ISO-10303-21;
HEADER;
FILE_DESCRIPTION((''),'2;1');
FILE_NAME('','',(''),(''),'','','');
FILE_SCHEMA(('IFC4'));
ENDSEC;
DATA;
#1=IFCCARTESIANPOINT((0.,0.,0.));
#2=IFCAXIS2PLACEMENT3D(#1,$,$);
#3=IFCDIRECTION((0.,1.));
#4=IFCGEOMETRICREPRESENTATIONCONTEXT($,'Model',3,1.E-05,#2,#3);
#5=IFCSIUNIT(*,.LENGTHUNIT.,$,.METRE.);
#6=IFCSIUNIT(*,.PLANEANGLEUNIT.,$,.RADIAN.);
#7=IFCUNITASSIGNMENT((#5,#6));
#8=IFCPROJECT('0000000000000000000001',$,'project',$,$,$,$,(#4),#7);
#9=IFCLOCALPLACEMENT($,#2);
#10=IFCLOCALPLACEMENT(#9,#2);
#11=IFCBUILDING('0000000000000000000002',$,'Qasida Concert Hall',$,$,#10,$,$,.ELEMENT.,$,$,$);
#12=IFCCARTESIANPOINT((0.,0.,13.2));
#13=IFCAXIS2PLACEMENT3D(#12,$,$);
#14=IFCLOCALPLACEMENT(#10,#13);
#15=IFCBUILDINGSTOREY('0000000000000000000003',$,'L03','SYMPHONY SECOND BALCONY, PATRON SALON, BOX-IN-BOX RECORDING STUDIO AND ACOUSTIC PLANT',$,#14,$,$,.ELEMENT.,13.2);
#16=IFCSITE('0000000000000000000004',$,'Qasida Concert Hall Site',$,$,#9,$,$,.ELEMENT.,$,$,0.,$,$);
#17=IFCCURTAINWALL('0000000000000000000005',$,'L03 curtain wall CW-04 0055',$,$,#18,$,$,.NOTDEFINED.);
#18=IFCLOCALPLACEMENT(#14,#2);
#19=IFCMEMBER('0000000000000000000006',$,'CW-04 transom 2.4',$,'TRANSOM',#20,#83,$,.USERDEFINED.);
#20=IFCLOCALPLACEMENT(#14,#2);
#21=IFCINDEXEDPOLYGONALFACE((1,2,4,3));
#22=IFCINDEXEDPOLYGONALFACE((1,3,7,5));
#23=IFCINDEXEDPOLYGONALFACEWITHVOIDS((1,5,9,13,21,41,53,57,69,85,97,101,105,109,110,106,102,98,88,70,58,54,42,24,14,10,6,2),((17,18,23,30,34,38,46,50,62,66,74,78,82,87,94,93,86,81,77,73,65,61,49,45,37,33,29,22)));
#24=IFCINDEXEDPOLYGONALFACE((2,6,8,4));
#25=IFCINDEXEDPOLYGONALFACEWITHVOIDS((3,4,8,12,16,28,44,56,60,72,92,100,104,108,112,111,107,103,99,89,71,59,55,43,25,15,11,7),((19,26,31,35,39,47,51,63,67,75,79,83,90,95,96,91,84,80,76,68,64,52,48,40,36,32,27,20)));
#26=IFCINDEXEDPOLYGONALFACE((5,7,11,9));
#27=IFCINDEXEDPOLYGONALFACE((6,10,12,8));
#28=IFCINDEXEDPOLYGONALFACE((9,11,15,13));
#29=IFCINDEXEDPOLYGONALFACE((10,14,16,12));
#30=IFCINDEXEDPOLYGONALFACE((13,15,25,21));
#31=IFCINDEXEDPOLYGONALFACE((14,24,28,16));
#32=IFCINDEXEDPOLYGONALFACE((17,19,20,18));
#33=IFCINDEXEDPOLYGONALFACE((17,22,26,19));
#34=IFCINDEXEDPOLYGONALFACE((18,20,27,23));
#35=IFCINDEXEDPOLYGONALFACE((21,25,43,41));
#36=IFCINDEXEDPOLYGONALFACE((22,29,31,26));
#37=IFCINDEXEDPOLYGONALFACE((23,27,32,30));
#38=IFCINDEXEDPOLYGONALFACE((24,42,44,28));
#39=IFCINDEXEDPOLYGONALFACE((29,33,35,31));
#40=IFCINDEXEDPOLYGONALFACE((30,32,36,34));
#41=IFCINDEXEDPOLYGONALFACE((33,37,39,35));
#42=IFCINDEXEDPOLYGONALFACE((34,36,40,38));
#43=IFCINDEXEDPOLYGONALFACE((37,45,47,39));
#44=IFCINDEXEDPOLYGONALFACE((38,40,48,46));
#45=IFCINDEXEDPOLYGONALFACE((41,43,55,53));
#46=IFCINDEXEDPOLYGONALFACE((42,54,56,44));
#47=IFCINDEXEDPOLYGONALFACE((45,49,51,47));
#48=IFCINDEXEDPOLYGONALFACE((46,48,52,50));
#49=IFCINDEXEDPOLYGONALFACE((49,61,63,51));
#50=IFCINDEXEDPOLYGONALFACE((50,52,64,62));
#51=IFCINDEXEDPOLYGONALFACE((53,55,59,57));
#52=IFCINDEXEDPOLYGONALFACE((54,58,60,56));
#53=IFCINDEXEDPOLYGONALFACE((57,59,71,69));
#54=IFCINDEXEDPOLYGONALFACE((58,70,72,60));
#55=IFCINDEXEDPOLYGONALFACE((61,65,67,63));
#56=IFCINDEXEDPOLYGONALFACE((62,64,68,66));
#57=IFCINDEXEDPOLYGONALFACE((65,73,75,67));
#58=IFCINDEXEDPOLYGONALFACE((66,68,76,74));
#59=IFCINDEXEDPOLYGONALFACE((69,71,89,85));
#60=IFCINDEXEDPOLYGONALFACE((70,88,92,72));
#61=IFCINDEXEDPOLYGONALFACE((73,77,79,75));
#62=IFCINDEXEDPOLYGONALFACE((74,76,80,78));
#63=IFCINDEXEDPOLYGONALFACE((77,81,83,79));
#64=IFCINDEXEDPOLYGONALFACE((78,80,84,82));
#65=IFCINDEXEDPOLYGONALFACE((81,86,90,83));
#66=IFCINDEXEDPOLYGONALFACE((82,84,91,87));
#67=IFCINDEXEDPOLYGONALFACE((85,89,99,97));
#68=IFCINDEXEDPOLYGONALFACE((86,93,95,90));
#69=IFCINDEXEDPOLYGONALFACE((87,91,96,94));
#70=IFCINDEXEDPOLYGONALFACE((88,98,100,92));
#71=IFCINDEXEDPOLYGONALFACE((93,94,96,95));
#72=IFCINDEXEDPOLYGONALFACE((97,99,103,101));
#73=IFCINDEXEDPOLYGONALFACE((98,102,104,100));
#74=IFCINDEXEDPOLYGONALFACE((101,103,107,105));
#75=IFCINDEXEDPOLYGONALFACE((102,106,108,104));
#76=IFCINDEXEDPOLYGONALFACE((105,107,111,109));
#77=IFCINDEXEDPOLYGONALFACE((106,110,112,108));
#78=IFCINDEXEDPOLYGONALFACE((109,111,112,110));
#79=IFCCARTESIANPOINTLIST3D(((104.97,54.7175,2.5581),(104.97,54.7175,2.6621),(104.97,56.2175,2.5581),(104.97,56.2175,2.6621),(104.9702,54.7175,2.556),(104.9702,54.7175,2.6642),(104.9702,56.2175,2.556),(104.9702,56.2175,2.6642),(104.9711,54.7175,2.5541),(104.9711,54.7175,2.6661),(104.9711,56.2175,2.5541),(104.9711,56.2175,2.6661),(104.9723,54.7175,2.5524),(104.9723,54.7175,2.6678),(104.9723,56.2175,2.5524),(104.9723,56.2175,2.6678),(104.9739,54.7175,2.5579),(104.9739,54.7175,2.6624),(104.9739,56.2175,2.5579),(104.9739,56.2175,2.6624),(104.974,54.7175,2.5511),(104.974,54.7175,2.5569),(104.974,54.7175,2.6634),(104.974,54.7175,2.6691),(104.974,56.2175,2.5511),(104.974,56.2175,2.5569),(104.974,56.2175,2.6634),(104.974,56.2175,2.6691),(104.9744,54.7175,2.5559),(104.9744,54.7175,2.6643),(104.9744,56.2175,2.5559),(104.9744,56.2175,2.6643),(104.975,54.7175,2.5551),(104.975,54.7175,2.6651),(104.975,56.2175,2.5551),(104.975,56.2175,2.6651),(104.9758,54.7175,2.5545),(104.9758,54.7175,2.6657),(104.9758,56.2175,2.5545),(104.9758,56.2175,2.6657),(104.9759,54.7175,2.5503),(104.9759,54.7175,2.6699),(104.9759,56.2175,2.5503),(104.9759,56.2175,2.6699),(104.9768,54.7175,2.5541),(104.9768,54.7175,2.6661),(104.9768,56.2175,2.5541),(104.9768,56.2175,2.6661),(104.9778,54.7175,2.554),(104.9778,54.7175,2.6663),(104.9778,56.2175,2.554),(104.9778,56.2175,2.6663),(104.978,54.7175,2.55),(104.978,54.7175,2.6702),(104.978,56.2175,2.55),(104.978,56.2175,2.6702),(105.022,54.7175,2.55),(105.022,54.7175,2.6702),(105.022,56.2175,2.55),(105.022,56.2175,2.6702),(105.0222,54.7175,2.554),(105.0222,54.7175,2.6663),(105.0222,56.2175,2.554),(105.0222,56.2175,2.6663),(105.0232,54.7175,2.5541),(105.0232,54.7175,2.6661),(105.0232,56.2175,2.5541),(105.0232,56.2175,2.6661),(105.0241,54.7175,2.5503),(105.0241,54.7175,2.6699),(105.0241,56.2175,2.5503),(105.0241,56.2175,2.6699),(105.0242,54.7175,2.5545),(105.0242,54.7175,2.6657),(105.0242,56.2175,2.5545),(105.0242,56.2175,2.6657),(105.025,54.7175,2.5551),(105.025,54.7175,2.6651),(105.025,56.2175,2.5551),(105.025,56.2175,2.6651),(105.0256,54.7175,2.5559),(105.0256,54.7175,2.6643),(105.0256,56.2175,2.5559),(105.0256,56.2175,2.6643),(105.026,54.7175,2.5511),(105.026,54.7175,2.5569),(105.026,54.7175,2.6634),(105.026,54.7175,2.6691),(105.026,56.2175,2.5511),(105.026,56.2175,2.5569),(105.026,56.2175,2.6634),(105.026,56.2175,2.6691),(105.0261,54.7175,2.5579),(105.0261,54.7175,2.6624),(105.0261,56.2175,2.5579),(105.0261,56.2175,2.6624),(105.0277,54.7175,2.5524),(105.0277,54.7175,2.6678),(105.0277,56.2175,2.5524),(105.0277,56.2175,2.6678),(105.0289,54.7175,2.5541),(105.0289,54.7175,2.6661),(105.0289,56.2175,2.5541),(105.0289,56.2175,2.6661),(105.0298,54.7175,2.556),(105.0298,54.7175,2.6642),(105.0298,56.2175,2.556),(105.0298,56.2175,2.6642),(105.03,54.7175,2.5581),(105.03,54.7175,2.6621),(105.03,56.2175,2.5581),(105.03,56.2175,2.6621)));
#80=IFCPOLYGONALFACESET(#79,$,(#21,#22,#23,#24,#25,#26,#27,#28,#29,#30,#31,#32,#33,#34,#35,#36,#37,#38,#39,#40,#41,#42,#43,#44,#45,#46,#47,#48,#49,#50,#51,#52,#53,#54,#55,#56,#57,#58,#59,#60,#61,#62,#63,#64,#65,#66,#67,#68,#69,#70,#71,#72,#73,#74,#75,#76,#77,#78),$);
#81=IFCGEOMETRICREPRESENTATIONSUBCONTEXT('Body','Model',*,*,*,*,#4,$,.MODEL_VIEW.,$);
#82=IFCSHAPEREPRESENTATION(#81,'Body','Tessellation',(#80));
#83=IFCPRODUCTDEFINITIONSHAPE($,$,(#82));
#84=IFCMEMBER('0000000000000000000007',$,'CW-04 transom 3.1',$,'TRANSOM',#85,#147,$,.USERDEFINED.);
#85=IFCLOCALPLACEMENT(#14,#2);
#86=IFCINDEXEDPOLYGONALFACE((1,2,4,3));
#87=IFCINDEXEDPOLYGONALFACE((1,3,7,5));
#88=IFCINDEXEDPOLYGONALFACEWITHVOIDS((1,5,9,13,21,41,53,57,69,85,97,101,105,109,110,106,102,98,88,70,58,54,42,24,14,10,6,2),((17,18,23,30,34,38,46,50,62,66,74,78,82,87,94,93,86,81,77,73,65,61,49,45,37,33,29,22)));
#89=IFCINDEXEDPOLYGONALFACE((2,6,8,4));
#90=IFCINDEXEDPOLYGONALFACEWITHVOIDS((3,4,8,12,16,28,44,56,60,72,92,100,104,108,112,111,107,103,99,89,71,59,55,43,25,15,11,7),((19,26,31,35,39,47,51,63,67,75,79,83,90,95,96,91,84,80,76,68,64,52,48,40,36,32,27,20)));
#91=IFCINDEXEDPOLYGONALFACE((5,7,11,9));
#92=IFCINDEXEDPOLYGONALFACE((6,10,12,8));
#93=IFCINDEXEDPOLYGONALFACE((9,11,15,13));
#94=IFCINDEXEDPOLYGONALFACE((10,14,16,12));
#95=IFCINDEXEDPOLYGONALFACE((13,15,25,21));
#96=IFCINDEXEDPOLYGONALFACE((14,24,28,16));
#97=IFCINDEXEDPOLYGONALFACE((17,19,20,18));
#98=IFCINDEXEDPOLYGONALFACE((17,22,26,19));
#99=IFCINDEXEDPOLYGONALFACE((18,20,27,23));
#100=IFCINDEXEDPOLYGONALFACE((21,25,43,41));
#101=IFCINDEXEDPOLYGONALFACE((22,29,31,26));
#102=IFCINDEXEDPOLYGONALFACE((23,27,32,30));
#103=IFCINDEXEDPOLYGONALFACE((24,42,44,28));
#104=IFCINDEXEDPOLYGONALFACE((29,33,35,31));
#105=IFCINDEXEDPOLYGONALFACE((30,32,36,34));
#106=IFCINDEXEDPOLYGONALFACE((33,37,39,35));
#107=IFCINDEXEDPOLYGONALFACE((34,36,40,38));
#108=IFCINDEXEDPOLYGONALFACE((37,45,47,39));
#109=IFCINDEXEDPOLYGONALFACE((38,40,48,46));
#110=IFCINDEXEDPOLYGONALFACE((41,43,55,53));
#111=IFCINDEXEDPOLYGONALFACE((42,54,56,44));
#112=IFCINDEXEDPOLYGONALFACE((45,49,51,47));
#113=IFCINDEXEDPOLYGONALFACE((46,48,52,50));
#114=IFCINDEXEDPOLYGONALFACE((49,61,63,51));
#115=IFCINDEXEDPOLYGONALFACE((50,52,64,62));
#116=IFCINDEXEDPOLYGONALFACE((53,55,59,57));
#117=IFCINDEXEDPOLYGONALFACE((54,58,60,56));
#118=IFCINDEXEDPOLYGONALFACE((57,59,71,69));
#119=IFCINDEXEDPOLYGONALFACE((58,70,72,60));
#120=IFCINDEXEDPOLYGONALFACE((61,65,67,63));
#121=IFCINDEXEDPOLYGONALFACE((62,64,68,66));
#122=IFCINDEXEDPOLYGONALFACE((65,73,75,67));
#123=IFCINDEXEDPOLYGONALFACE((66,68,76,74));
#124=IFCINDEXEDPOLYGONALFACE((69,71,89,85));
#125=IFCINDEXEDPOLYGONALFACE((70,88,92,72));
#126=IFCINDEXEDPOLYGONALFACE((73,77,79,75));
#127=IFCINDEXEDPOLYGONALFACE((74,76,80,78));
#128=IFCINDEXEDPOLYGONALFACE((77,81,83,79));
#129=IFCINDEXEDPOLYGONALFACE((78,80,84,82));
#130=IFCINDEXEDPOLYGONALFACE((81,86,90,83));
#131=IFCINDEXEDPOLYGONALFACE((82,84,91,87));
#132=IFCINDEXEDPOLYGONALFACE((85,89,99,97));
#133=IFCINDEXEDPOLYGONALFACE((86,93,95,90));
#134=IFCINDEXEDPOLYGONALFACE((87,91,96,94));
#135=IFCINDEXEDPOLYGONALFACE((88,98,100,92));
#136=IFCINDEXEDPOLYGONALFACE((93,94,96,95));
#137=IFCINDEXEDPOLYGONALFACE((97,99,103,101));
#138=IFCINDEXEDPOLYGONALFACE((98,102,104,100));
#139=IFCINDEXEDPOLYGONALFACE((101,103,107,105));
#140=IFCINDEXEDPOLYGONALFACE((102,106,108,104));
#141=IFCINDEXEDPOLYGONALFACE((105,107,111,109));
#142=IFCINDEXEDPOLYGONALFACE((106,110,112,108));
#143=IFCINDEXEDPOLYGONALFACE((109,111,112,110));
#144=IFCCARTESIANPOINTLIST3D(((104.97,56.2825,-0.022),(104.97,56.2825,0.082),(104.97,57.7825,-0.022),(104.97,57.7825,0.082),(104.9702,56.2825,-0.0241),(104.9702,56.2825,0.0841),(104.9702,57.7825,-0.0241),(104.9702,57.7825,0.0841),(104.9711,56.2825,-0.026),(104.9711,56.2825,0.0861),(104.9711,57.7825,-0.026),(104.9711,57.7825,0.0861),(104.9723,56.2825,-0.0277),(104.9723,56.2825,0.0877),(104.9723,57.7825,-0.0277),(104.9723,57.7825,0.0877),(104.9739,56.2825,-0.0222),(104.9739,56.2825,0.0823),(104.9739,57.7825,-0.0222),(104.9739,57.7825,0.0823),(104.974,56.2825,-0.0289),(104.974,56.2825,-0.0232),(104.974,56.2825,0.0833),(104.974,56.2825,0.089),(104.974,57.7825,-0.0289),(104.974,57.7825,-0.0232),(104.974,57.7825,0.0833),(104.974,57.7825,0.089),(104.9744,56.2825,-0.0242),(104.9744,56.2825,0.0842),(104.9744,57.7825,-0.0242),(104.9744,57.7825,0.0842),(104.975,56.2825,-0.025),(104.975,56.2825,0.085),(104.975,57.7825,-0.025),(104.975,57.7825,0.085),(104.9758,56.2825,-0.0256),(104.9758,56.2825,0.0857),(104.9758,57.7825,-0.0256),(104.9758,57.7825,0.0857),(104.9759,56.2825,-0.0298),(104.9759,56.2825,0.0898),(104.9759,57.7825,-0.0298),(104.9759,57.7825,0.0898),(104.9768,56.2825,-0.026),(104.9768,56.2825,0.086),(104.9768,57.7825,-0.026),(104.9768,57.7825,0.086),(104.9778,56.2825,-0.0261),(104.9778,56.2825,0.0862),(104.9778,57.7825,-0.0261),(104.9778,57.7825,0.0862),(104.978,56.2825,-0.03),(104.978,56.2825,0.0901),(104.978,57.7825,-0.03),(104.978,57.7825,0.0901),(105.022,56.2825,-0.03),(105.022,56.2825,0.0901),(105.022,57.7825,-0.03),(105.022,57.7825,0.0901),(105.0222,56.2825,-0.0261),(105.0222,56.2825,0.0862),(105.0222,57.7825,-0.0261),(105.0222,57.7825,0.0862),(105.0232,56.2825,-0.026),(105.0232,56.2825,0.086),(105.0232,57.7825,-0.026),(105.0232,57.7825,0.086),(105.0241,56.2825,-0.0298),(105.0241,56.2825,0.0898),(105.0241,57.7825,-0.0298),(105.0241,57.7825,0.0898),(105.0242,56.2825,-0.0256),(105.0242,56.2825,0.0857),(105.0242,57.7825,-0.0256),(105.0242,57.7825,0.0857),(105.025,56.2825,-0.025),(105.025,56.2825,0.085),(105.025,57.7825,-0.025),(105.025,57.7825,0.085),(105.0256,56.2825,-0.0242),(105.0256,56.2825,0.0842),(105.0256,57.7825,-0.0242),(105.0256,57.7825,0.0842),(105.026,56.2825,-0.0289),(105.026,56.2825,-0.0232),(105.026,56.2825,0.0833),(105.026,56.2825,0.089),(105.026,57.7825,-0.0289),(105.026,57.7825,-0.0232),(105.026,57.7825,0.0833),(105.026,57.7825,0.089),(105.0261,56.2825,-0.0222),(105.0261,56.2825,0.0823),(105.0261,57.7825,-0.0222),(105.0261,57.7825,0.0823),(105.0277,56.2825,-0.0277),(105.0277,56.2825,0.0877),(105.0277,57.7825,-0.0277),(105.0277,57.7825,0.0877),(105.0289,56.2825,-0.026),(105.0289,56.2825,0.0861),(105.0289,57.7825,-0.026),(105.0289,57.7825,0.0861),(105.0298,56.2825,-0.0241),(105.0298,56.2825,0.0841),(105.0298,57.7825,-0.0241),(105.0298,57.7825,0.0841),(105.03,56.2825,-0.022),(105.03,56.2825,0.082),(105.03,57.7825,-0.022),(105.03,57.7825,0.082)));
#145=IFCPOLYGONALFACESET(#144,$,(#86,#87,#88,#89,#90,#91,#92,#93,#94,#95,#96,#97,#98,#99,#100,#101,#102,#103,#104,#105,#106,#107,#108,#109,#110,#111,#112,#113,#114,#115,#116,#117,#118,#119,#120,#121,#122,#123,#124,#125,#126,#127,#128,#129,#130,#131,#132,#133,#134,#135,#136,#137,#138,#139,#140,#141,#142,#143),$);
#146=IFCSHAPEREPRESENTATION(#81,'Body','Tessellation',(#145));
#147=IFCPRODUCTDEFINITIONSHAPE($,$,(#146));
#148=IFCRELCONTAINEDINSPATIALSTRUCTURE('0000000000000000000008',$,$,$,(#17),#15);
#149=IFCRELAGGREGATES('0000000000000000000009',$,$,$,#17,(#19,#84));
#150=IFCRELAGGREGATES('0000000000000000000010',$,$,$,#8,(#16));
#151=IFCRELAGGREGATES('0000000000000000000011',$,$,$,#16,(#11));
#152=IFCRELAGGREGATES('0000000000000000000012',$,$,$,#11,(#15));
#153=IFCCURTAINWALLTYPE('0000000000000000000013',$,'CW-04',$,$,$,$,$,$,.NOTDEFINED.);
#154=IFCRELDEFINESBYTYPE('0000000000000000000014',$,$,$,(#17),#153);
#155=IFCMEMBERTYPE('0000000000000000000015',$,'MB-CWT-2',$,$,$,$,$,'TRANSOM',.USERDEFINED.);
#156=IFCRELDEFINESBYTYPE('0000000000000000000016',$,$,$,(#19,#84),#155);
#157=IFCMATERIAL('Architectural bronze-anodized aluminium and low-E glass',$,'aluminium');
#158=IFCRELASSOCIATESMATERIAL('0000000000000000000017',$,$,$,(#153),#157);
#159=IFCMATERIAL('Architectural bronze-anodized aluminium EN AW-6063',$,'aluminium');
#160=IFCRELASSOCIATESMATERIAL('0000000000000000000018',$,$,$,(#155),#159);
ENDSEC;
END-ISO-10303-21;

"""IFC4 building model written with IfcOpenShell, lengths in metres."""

from ifc_helpers import new_model, si_unit, direction, frame, origin, origin_2d, place, context, subcontext, project, spatial, hollow_rectangle, extrude, material, material_profile, profile_set, type_object, element, aggregate, save


model = new_model("IFC4")

# Units and contexts
model_context = context("Model", 3, precision=1e-05, world=origin(), true_north=direction((0.0, 1.0)))
body_context = subcontext(model_context, "Body", "Model", "MODEL_VIEW")
ifc_project = project(units=[si_unit("LENGTHUNIT", "METRE"), si_unit("PLANEANGLEUNIT", "RADIAN")], contexts=[model_context])

# Site, building, storey
site_placement = place(None, origin())
site = spatial("IfcSite", under=ifc_project, at=site_placement, Name="Qasida Concert Hall Site", CompositionType="ELEMENT", RefElevation=0.0)
building_placement = place(site_placement, origin())
building = spatial("IfcBuilding", under=site, at=building_placement, Name="Qasida Concert Hall", CompositionType="ELEMENT")
storey_placement = place(building_placement, frame((0.0, 0.0, 13.2)))
storey = spatial("IfcBuildingStorey", under=building, at=storey_placement, Name="L03", Description="SYMPHONY SECOND BALCONY, PATRON SALON, BOX-IN-BOX RECORDING STUDIO AND ACOUSTIC PLANT", CompositionType="ELEMENT", Elevation=13.2)

# Curtain wall, members
ifc_material_1 = material(Name="Architectural bronze-anodized aluminium and low-E glass", Category="aluminium")
curtain_wall_type = type_object("IfcCurtainWallType", Name="CW-04", PredefinedType="NOTDEFINED", material=ifc_material_1)
curtain_wall_placement = place(storey_placement, origin())
curtain_wall = element("IfcCurtainWall", 1, at=curtain_wall_placement, inside=storey, type_object=curtain_wall_type, Name="L03 curtain wall CW-04 0055", PredefinedType="NOTDEFINED")
ifc_material_2 = material(Name="Architectural bronze-anodized aluminium EN AW-6063", Category="aluminium")
ifc_material_profile_1 = material_profile(ifc_material_2, hollow_rectangle(XDim=0.0601, YDim=0.1201, WallThickness=0.0039, InnerFilletRadius=0.0039, OuterFilletRadius=0.0081, at=origin_2d()), Name="CWT 120x60x4")
ifc_profile_set_1 = profile_set([ifc_material_profile_1], Name="Architectural bronze-anodized aluminium EN AW-6063")
member_type_1 = type_object("IfcMemberType", Name="MB-CWT-2", ElementType="TRANSOM", PredefinedType="USERDEFINED", material=ifc_profile_set_1)
member_1_placement = place(storey_placement, frame((105.0, 54.7175, 2.6101), z_axis=(0.0, 1.0, 0.0), x_axis=(-1.0, 0.0, 0.0)))
member_1 = element("IfcMember", 2, at=member_1_placement, type_object=member_type_1, Name="CW-04 transom 2.4", ObjectType="TRANSOM", PredefinedType="USERDEFINED", context=body_context, shape_type="SweptSolid", body=[
    extrude(hollow_rectangle(XDim=0.0601, YDim=0.1201, WallThickness=0.0039, InnerFilletRadius=0.0039, OuterFilletRadius=0.0081, at=origin_2d()), origin(), (0.0, 0.0, 1.0), 1.5),
])
member_2_placement = place(storey_placement, frame((105.0, 56.2825, 0.03), z_axis=(0.0, 1.0, 0.0), x_axis=(-1.0, 0.0, 0.0)))
member_2 = element("IfcMember", 3, at=member_2_placement, type_object=member_type_1, Name="CW-04 transom 3.1", ObjectType="TRANSOM", PredefinedType="USERDEFINED", context=body_context, shape_type="SweptSolid", body=[
    extrude(hollow_rectangle(XDim=0.0601, YDim=0.1201, WallThickness=0.0039, InnerFilletRadius=0.0039, OuterFilletRadius=0.0081, at=origin_2d()), origin(), (0.0, 0.0, 1.0), 1.5),
])
aggregate(curtain_wall, [member_1, member_2])

save(model, "model.ifc")
